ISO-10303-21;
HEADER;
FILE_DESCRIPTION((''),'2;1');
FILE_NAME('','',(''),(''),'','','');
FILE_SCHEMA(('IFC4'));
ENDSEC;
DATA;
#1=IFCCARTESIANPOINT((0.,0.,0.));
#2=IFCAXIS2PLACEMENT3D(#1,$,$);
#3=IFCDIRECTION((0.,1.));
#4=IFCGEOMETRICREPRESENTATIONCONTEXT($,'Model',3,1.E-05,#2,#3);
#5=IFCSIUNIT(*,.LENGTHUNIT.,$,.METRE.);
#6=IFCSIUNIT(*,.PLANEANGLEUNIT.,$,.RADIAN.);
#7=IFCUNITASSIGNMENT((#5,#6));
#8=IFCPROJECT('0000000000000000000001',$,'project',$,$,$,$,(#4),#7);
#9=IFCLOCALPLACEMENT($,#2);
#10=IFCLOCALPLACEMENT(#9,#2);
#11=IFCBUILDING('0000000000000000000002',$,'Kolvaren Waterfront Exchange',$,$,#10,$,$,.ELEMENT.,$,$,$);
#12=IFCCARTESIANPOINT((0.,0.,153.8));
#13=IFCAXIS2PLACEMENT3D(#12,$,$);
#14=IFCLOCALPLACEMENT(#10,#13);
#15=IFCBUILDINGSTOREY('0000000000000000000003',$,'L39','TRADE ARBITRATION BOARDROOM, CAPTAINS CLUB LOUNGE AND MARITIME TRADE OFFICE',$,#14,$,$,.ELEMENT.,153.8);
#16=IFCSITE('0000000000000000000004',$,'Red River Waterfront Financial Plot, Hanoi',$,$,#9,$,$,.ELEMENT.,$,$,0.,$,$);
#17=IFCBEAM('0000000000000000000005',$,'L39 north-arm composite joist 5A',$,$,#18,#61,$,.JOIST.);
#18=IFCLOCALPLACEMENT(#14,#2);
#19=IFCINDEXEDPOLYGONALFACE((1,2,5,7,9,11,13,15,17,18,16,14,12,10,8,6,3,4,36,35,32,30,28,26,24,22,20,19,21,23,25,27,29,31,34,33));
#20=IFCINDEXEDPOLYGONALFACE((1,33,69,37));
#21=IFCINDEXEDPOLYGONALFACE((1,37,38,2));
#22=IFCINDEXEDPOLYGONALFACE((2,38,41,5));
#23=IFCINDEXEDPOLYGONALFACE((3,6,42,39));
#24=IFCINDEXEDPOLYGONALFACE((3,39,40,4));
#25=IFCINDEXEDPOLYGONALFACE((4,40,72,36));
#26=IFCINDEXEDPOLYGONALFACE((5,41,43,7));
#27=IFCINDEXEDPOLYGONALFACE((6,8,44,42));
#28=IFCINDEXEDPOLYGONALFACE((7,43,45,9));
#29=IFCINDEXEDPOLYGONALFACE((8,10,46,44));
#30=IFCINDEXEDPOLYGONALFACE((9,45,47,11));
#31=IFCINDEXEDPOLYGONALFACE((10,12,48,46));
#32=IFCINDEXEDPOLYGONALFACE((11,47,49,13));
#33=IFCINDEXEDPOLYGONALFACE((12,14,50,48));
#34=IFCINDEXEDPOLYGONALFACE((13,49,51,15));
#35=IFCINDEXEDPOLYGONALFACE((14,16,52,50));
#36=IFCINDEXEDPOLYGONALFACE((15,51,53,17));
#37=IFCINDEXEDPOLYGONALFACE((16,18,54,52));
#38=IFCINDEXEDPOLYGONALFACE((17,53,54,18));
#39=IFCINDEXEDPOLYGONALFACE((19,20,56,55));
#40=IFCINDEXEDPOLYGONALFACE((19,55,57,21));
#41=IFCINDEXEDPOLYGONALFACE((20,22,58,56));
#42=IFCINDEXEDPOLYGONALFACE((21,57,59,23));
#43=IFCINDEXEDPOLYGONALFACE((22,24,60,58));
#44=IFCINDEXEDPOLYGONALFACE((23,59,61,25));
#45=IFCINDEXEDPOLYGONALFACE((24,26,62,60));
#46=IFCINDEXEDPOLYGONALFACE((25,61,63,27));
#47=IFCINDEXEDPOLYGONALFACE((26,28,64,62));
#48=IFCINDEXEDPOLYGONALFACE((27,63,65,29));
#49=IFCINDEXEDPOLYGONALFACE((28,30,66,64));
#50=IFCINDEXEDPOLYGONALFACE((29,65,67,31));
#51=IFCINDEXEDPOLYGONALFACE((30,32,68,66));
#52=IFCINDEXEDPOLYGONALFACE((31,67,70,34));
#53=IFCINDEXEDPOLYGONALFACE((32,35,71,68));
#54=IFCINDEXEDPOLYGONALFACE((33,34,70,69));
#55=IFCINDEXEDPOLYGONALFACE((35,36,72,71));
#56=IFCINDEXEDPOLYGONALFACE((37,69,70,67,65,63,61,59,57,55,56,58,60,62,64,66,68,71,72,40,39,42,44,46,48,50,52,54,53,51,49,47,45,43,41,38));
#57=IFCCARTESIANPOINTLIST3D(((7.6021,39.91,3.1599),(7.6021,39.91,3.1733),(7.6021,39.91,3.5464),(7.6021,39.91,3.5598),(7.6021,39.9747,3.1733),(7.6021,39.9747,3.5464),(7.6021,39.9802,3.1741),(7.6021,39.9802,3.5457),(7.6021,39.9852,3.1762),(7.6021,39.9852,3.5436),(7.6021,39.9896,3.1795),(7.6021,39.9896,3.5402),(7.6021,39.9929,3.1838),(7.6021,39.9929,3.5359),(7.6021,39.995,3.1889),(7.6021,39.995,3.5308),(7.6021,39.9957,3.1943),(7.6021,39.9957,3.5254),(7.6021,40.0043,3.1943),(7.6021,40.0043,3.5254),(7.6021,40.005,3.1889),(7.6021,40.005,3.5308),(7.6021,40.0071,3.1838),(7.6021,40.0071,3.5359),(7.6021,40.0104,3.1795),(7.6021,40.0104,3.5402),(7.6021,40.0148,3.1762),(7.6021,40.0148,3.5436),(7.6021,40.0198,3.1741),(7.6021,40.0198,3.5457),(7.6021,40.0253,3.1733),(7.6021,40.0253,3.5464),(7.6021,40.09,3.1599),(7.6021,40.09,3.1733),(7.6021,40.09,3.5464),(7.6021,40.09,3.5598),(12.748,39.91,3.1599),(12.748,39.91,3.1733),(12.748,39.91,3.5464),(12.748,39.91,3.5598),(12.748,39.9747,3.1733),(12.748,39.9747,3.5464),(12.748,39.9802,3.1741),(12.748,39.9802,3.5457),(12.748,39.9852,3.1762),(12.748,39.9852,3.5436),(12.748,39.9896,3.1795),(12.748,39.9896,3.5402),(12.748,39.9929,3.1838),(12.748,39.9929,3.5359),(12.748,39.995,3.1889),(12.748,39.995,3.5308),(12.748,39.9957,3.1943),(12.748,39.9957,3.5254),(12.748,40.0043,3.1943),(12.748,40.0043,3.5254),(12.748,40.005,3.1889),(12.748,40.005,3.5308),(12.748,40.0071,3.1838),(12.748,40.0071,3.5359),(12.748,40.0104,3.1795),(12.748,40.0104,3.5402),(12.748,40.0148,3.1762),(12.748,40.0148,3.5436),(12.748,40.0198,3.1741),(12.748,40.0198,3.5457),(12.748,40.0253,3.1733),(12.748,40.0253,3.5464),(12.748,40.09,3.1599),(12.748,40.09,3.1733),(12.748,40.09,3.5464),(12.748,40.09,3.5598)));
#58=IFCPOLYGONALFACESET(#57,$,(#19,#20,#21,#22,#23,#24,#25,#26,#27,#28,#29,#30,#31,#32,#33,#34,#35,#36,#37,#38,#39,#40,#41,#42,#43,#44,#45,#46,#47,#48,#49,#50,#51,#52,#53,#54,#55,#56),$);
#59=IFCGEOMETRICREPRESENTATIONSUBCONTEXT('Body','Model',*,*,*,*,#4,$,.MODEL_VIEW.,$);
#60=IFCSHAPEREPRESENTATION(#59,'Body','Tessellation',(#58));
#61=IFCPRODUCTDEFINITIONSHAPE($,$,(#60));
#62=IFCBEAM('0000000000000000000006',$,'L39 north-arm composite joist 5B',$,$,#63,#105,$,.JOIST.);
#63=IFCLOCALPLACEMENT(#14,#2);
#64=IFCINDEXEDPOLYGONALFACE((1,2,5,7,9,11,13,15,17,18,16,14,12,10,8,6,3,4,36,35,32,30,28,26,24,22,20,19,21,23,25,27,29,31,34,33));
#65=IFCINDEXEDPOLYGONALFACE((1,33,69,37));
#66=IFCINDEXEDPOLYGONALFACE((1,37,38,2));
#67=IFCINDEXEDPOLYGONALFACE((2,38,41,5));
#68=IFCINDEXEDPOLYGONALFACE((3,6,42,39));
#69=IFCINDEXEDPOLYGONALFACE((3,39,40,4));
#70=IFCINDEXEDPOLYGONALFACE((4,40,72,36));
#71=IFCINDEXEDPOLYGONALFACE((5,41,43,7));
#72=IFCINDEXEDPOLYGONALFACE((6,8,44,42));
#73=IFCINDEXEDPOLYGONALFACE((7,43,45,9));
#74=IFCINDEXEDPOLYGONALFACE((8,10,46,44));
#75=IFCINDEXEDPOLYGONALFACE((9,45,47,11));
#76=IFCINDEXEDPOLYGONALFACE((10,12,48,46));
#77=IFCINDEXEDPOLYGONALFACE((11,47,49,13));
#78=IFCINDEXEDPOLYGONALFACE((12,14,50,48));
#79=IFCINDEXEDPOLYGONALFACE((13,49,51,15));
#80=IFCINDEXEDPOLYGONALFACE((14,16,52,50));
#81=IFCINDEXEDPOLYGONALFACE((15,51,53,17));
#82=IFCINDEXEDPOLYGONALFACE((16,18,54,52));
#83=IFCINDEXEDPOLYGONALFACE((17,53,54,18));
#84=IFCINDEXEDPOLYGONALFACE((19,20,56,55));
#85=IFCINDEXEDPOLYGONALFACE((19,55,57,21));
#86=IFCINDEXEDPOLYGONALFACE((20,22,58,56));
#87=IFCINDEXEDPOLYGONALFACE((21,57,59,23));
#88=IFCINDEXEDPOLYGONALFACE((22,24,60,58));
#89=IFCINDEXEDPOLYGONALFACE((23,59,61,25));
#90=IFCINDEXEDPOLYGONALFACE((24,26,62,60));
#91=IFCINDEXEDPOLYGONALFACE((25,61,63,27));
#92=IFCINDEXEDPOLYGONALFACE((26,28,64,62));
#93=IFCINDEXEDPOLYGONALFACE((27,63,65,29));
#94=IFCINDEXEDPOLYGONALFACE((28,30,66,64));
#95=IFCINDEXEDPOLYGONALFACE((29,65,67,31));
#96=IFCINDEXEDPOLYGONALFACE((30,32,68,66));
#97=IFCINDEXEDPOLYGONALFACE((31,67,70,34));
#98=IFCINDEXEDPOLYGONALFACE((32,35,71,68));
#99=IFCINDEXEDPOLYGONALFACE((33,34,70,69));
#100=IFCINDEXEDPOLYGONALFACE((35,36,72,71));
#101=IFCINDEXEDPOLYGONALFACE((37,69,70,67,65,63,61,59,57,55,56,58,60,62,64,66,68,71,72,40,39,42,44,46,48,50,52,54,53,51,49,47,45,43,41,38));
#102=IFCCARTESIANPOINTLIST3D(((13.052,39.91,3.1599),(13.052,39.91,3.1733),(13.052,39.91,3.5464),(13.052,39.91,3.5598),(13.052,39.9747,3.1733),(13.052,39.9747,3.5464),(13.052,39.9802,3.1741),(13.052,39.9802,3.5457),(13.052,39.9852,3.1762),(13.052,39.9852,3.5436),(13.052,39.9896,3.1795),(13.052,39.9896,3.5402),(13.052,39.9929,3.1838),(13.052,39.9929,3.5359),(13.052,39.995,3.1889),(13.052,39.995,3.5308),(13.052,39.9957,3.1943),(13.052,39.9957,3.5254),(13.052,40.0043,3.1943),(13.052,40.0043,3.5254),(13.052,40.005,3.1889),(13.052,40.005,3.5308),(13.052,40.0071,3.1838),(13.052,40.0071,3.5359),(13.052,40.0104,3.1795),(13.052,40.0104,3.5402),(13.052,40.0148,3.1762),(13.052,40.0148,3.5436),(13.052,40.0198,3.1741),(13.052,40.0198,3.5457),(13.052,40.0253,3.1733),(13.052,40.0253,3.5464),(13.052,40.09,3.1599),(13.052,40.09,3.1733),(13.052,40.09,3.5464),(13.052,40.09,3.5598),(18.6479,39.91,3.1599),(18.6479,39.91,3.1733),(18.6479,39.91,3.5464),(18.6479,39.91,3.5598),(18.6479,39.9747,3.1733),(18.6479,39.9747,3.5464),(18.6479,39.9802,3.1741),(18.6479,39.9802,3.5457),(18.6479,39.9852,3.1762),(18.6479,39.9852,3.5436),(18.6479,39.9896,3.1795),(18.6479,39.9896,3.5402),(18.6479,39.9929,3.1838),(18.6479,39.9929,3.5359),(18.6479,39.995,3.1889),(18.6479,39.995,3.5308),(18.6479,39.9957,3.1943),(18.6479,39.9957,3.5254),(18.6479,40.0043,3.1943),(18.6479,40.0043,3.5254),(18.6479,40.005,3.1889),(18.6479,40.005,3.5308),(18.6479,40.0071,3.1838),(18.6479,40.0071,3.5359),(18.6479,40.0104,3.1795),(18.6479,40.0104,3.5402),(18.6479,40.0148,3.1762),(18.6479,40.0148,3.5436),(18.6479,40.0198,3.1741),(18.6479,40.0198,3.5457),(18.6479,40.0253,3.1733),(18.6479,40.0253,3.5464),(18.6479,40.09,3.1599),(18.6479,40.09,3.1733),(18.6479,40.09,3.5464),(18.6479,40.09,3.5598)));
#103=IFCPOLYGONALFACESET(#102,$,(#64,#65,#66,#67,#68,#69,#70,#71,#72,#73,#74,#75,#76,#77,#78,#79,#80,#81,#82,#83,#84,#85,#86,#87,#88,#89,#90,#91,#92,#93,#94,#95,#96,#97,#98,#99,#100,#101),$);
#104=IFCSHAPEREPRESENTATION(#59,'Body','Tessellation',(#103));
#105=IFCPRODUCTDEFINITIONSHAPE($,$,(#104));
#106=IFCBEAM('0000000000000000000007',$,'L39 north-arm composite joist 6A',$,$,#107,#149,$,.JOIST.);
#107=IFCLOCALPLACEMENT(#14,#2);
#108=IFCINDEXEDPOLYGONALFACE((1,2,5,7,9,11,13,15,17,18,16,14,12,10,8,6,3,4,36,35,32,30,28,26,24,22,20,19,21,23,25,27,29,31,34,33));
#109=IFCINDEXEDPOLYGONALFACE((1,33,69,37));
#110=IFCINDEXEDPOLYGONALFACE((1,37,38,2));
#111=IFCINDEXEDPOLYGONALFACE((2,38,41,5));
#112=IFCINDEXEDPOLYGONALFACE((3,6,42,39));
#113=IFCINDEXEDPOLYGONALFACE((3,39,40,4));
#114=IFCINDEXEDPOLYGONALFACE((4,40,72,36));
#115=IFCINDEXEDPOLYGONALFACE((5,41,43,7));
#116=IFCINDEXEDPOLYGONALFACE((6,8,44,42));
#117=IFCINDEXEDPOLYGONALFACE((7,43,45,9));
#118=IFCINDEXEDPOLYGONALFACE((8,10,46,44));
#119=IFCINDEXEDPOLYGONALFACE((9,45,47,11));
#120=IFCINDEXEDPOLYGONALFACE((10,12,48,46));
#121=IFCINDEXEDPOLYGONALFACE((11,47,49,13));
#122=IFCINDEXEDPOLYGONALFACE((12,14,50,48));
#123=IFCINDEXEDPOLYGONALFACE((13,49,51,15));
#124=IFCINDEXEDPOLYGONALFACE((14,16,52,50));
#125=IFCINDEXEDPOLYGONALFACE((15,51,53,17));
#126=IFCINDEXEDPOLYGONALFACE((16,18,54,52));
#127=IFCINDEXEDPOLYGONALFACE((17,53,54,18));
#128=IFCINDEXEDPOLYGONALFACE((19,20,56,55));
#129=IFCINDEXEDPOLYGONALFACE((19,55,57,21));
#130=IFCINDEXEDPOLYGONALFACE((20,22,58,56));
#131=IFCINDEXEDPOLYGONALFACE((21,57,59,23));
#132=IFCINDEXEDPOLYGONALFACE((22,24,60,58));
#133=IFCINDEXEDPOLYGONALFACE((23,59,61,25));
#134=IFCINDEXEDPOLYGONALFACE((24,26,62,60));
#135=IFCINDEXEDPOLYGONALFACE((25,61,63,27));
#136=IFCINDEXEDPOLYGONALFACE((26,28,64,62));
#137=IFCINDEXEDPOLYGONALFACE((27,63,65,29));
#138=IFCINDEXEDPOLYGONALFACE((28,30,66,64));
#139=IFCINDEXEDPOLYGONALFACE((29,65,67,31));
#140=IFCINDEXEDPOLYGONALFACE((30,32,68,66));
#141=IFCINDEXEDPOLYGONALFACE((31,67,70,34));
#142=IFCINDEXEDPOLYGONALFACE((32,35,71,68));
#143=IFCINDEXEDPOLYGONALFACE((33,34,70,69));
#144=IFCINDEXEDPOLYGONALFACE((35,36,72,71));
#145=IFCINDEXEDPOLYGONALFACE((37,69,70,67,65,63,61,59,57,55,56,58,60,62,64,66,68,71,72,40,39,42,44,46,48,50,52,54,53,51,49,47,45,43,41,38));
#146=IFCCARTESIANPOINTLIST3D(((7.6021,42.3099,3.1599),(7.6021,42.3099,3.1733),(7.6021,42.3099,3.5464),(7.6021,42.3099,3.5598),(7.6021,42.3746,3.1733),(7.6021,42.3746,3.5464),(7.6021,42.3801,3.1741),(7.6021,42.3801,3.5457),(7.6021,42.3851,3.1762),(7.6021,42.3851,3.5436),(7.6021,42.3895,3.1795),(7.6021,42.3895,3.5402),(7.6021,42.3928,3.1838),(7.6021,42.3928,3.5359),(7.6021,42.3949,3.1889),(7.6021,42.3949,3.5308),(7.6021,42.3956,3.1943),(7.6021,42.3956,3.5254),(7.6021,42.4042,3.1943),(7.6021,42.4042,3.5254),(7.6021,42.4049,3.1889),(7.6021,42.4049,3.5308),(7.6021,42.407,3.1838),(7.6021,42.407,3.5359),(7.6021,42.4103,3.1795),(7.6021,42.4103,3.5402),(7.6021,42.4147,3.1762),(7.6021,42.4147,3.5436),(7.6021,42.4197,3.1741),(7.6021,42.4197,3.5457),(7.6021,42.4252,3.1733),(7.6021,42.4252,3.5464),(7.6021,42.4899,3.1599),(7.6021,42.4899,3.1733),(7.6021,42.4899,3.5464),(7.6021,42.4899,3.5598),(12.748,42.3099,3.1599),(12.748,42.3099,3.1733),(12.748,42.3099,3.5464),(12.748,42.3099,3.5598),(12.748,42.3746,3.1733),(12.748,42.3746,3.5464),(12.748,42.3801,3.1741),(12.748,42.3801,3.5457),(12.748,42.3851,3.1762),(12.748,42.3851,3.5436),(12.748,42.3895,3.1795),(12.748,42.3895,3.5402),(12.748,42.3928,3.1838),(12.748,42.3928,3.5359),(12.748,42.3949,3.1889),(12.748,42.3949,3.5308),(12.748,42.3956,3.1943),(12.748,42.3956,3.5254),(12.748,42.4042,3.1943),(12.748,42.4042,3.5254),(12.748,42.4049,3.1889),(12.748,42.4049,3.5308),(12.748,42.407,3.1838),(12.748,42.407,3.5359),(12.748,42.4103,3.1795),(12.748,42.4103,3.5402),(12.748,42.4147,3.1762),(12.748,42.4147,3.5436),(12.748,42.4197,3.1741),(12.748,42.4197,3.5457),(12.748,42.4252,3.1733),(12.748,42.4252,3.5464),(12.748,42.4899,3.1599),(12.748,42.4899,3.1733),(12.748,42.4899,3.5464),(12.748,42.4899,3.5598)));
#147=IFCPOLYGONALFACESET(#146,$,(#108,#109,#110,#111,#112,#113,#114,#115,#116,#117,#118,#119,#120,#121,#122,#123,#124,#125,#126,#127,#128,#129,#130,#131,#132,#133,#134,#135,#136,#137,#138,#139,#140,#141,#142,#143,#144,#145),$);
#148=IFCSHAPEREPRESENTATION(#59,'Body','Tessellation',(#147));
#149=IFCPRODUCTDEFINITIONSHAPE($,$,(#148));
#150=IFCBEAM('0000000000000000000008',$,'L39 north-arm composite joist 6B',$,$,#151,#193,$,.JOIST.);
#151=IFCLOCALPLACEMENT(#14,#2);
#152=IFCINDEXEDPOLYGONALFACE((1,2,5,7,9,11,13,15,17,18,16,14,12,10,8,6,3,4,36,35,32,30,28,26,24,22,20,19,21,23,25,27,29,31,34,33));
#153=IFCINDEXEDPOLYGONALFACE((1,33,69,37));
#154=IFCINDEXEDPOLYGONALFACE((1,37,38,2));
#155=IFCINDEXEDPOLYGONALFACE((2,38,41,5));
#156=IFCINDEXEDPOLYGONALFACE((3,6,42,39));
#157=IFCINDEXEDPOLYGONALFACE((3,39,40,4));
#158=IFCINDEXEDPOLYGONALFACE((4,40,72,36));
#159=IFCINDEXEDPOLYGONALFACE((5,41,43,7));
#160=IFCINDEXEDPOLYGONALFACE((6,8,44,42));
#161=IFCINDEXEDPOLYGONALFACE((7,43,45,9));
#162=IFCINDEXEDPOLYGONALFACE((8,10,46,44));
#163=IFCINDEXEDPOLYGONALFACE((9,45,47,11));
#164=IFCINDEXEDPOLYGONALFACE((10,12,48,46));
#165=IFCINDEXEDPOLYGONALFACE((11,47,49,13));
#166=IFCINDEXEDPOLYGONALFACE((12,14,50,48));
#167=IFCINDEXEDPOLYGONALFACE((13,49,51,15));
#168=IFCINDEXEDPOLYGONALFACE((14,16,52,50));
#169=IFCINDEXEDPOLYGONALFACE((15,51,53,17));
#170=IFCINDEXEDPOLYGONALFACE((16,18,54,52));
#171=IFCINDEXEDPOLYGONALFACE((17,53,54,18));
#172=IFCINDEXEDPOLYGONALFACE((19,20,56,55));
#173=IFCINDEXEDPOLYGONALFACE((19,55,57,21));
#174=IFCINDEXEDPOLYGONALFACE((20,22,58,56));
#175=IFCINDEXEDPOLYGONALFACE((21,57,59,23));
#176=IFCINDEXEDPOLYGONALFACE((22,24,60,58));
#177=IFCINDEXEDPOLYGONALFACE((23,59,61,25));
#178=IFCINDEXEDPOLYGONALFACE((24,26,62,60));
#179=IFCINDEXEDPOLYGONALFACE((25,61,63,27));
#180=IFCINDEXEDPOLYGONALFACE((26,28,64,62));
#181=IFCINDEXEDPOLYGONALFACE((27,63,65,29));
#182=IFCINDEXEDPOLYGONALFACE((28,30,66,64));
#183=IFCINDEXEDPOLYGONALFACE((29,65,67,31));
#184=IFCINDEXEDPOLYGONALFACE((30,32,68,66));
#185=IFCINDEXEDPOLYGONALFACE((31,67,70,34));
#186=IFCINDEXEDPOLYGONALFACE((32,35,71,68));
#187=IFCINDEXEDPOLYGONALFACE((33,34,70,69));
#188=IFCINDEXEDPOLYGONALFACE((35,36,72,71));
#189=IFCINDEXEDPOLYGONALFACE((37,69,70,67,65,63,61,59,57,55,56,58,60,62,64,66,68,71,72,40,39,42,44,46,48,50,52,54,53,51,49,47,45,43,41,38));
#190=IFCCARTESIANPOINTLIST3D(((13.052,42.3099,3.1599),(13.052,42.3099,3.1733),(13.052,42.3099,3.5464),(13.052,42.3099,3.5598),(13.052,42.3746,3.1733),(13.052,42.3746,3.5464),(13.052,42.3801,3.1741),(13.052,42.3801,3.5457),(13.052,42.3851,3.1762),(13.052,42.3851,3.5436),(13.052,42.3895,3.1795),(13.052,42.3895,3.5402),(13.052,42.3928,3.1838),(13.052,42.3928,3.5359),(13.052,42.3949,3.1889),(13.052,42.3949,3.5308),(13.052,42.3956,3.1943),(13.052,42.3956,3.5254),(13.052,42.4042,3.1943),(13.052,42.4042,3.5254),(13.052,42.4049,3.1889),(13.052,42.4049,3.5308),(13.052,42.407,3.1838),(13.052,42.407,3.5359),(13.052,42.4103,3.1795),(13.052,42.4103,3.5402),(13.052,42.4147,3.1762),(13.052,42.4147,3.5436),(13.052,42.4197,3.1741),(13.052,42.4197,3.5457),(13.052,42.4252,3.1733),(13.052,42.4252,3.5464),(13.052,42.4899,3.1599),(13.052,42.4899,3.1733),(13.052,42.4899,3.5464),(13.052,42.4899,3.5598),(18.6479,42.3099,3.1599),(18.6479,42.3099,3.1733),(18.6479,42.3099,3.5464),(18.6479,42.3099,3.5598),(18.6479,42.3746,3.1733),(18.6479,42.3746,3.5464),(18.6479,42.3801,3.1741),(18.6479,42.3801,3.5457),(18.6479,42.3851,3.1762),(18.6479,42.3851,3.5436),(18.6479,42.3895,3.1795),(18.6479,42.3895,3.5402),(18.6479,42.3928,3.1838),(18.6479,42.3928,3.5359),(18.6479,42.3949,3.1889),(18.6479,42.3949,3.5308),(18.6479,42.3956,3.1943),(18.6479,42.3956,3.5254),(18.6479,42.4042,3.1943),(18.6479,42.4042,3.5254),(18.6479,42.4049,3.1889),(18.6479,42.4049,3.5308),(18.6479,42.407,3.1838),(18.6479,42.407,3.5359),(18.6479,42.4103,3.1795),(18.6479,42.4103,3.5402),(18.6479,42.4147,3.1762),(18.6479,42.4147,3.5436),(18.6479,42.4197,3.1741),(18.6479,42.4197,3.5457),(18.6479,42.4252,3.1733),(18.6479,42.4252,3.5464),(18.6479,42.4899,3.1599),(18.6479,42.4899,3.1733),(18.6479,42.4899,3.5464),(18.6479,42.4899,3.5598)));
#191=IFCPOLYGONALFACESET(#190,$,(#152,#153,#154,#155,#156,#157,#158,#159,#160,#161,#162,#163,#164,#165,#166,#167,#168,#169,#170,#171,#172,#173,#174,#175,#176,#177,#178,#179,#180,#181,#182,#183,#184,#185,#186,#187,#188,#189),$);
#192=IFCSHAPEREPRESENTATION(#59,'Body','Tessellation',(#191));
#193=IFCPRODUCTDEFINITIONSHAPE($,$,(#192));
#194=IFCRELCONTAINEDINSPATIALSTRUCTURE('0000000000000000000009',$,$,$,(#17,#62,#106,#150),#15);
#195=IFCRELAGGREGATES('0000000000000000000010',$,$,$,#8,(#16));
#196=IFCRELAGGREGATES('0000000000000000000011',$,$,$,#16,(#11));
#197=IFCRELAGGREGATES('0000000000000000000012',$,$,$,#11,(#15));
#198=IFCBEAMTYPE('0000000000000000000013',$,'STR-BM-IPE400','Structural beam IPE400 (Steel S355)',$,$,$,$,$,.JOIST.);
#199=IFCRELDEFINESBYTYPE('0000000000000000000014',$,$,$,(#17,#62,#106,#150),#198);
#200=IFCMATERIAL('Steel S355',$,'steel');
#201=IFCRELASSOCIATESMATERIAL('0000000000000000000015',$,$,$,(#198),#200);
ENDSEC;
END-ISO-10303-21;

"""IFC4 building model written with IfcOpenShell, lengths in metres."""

from ifc_helpers import new_model, si_unit, direction, frame, origin, origin_2d, place, context, subcontext, project, spatial, i_section, extrude, material, material_profile, profile_set, type_object, element, save


model = new_model("IFC4")

# Units and contexts
model_context = context("Model", 3, precision=1e-05, world=origin(), true_north=direction((0.0, 1.0)))
body_context = subcontext(model_context, "Body", "Model", "MODEL_VIEW")
ifc_project = project(units=[si_unit("LENGTHUNIT", "METRE"), si_unit("PLANEANGLEUNIT", "RADIAN")], contexts=[model_context])

# Site, building, storey
site_placement = place(None, origin())
site = spatial("IfcSite", under=ifc_project, at=site_placement, Name="Red River Waterfront Financial Plot, Hanoi", CompositionType="ELEMENT", RefElevation=0.0)
building_placement = place(site_placement, origin())
building = spatial("IfcBuilding", under=site, at=building_placement, Name="Kolvaren Waterfront Exchange", CompositionType="ELEMENT")
storey_placement = place(building_placement, frame((0.0, 0.0, 153.8)))
storey = spatial("IfcBuildingStorey", under=building, at=storey_placement, Name="L39", Description="TRADE ARBITRATION BOARDROOM, CAPTAINS CLUB LOUNGE AND MARITIME TRADE OFFICE", CompositionType="ELEMENT", Elevation=153.8)

# Beams
ifc_material_1 = material(Name="Steel S355", Category="steel")
ifc_material_profile_1 = material_profile(ifc_material_1, i_section(OverallWidth=0.1799, OverallDepth=0.3999, WebThickness=0.0085, FlangeThickness=0.0134, FilletRadius=0.021, at=origin_2d()), Name="IPE400")
ifc_profile_set_1 = profile_set([ifc_material_profile_1], Name="Steel S355")
beam_type_1 = type_object("IfcBeamType", Name="STR-BM-IPE400", Description="Structural beam IPE400 (Steel S355)", PredefinedType="JOIST", material=ifc_profile_set_1)
beam_1_placement = place(storey_placement, frame((7.6021, 40.0, 3.3599), z_axis=(1.0, 0.0, 0.0), x_axis=(0.0, 1.0, 0.0)))
element("IfcBeam", 1, at=beam_1_placement, inside=storey, type_object=beam_type_1, Name="L39 north-arm composite joist 5A", PredefinedType="JOIST", context=body_context, shape_type="SweptSolid", body=[
    extrude(i_section(OverallWidth=0.1799, OverallDepth=0.3999, WebThickness=0.0085, FlangeThickness=0.0134, FilletRadius=0.021, at=origin_2d()), origin(), (0.0, 0.0, 1.0), 5.146),
])
beam_2_placement = place(storey_placement, frame((13.052, 40.0, 3.3599), z_axis=(1.0, 0.0, 0.0), x_axis=(0.0, 1.0, 0.0)))
element("IfcBeam", 2, at=beam_2_placement, inside=storey, type_object=beam_type_1, Name="L39 north-arm composite joist 5B", PredefinedType="JOIST", context=body_context, shape_type="SweptSolid", body=[
    extrude(i_section(OverallWidth=0.1799, OverallDepth=0.3999, WebThickness=0.0085, FlangeThickness=0.0134, FilletRadius=0.021, at=origin_2d()), origin(), (0.0, 0.0, 1.0), 5.5959),
])
beam_3_placement = place(storey_placement, frame((7.6021, 42.3999, 3.3599), z_axis=(1.0, 0.0, 0.0), x_axis=(0.0, 1.0, 0.0)))
element("IfcBeam", 3, at=beam_3_placement, inside=storey, type_object=beam_type_1, Name="L39 north-arm composite joist 6A", PredefinedType="JOIST", context=body_context, shape_type="SweptSolid", body=[
    extrude(i_section(OverallWidth=0.1799, OverallDepth=0.3999, WebThickness=0.0085, FlangeThickness=0.0134, FilletRadius=0.021, at=origin_2d()), origin(), (0.0, 0.0, 1.0), 5.146),
])
beam_4_placement = place(storey_placement, frame((13.052, 42.3999, 3.3599), z_axis=(1.0, 0.0, 0.0), x_axis=(0.0, 1.0, 0.0)))
element("IfcBeam", 4, at=beam_4_placement, inside=storey, type_object=beam_type_1, Name="L39 north-arm composite joist 6B", PredefinedType="JOIST", context=body_context, shape_type="SweptSolid", body=[
    extrude(i_section(OverallWidth=0.1799, OverallDepth=0.3999, WebThickness=0.0085, FlangeThickness=0.0134, FilletRadius=0.021, at=origin_2d()), origin(), (0.0, 0.0, 1.0), 5.5959),
])

save(model, "model.ifc")
